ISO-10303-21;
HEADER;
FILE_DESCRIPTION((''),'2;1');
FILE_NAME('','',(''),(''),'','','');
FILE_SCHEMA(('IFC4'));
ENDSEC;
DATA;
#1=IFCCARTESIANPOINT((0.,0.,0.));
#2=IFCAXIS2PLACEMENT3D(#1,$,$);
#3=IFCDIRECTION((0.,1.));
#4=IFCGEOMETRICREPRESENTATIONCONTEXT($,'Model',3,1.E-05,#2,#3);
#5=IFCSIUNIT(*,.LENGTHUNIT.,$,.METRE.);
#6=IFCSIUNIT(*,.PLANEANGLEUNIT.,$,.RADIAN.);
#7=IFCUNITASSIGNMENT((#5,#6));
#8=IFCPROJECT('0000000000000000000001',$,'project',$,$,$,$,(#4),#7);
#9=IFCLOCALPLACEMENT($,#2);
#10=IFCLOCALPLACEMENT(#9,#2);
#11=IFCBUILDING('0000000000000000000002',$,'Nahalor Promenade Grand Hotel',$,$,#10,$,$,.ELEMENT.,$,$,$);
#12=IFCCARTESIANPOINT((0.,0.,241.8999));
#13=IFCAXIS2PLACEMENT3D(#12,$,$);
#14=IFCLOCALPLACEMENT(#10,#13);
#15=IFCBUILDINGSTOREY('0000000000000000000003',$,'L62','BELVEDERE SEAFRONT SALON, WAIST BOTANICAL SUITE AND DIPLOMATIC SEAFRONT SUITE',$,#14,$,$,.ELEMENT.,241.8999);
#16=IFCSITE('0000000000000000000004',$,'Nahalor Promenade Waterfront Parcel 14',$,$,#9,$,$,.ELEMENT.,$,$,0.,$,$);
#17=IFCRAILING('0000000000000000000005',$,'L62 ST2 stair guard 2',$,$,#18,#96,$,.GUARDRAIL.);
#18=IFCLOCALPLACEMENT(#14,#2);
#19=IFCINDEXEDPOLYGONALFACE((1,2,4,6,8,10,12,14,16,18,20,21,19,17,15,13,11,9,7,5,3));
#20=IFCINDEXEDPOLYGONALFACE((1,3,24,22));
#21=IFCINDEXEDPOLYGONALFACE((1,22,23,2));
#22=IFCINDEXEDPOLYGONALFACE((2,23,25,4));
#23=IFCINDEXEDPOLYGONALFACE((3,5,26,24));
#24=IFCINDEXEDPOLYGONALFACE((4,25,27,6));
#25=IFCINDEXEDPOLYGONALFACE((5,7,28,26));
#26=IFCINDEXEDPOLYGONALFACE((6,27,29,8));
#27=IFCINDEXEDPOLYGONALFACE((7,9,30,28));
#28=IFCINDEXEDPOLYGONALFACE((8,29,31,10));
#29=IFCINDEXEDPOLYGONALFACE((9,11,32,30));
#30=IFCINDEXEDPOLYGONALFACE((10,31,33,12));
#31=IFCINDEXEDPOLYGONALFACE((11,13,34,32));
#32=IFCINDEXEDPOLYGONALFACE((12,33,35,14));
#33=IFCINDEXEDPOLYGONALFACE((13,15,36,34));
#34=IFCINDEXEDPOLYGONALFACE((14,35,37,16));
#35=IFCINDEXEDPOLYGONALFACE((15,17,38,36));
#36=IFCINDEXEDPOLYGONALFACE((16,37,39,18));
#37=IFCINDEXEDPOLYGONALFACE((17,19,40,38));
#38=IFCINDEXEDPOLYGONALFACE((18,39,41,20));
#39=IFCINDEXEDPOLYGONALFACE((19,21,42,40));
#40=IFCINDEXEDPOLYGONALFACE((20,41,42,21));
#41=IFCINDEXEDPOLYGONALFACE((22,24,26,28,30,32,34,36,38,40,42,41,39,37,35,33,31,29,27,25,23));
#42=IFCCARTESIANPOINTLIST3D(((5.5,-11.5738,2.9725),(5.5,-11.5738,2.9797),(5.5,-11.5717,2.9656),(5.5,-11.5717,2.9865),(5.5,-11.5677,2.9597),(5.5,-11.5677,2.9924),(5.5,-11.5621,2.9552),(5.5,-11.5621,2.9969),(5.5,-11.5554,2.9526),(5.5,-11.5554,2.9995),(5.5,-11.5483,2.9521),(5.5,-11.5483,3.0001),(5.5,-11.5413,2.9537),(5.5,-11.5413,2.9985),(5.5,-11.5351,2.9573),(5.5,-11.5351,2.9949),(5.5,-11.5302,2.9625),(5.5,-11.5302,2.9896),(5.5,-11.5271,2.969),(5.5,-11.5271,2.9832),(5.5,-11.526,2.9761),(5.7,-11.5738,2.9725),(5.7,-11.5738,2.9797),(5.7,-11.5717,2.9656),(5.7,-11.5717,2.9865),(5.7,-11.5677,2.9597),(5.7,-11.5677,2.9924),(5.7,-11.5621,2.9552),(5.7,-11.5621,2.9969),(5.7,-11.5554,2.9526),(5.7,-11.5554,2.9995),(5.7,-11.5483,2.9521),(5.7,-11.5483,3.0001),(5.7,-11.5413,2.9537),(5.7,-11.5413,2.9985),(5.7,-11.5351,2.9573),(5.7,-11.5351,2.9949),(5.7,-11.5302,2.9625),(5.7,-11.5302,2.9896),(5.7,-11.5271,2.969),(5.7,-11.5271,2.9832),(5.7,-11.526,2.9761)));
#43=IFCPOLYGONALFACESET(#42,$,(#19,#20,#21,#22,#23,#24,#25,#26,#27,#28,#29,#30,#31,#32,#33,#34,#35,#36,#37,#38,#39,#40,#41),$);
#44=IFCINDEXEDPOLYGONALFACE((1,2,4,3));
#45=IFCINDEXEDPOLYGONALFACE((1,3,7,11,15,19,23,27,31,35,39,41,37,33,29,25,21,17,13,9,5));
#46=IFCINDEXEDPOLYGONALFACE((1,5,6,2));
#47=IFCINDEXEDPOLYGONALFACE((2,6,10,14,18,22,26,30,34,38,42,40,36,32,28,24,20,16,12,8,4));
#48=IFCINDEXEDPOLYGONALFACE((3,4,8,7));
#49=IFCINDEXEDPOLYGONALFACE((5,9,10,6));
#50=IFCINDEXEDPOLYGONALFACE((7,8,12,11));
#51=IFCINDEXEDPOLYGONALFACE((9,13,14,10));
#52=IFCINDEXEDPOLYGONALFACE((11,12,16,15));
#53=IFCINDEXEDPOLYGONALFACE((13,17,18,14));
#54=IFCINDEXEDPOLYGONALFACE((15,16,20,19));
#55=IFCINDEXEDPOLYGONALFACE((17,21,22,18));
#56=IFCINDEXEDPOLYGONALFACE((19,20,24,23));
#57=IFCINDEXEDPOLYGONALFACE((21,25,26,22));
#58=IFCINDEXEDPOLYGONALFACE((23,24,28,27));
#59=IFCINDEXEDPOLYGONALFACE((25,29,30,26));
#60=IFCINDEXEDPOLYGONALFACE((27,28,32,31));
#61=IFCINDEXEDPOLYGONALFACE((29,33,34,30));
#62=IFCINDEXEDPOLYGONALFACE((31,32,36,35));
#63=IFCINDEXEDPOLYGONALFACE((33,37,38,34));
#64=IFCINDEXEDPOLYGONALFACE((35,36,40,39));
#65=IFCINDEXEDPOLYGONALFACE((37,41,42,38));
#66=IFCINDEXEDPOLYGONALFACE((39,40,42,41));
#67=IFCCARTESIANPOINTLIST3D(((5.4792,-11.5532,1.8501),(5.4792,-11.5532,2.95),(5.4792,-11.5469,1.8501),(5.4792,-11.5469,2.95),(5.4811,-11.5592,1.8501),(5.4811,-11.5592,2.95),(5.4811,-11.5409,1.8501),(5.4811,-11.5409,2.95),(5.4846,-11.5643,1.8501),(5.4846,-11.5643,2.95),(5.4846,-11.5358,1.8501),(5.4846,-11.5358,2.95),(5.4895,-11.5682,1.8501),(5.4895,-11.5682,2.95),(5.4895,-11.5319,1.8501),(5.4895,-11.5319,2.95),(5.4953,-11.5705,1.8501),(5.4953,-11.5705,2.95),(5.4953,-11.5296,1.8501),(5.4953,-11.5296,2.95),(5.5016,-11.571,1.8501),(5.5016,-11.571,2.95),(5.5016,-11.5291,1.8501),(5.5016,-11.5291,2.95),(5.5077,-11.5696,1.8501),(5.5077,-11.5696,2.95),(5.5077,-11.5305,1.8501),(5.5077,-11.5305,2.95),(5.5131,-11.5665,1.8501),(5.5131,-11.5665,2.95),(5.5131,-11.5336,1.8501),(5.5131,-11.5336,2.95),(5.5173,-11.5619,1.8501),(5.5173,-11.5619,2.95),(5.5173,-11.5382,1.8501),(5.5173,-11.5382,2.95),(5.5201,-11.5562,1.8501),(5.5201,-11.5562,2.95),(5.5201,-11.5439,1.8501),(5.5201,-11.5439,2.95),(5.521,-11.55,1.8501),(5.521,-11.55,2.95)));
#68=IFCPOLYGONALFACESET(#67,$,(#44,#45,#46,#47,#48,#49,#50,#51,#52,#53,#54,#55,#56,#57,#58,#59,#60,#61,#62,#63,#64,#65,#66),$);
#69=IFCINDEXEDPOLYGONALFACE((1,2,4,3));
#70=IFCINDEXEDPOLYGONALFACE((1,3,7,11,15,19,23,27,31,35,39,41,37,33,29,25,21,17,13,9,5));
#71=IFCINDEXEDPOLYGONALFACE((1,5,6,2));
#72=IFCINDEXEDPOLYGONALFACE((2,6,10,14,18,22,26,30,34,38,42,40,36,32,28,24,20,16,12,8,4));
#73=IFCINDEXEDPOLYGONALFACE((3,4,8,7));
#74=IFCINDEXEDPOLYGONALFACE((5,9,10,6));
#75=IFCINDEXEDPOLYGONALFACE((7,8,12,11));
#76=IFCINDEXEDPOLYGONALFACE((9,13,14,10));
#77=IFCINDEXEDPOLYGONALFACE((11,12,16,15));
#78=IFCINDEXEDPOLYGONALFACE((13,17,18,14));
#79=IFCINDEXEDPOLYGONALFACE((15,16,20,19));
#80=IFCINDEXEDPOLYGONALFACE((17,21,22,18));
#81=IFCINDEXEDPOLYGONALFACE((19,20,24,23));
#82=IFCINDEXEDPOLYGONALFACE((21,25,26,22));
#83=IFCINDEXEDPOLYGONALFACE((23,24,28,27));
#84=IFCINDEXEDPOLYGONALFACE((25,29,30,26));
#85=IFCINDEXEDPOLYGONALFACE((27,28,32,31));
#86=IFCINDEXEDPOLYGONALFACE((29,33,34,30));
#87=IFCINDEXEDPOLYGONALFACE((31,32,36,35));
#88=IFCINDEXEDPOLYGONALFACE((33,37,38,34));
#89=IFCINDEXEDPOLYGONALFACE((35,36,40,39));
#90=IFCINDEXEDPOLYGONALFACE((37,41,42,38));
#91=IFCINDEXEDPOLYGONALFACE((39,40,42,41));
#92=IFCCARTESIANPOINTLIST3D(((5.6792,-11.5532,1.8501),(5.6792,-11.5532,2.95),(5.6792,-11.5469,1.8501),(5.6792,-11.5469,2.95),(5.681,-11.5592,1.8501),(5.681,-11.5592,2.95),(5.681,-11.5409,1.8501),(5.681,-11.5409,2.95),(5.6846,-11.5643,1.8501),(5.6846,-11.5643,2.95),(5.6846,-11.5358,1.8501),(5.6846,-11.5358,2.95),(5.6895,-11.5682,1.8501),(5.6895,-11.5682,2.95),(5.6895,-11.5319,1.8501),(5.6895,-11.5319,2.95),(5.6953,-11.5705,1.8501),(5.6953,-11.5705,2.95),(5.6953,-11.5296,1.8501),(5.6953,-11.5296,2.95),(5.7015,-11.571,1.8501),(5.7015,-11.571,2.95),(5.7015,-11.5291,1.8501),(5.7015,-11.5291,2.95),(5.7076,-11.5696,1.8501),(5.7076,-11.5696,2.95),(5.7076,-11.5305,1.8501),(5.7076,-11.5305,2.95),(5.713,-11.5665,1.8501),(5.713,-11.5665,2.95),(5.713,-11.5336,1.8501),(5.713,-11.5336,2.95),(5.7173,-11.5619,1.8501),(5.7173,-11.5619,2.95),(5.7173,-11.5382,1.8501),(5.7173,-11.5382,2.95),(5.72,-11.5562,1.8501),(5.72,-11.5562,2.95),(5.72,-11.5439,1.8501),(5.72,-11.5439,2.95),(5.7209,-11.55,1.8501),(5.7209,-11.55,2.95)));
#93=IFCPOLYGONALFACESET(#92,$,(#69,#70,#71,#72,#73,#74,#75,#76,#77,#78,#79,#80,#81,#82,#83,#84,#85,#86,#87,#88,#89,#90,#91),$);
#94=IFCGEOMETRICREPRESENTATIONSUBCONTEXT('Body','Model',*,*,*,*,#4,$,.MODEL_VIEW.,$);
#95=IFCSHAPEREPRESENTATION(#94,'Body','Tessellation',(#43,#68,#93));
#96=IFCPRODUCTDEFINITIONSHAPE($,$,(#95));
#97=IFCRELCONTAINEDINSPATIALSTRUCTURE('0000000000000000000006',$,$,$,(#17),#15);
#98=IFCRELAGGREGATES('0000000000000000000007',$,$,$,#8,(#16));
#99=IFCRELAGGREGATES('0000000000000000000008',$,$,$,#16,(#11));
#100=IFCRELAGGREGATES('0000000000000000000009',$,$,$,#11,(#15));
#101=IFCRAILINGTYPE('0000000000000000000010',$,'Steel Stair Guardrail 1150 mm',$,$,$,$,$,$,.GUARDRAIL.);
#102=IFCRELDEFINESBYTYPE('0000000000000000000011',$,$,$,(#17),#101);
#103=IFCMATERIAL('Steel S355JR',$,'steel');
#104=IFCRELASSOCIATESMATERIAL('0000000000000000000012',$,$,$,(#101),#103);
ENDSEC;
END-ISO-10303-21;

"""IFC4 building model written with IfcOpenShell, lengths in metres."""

from ifc_helpers import new_model, si_unit, direction, frame, origin, origin_2d, place, context, subcontext, project, spatial, circle, extrude, material, type_object, element, save


model = new_model("IFC4")

# Units and contexts
model_context = context("Model", 3, precision=1e-05, world=origin(), true_north=direction((0.0, 1.0)))
body_context = subcontext(model_context, "Body", "Model", "MODEL_VIEW")
ifc_project = project(units=[si_unit("LENGTHUNIT", "METRE"), si_unit("PLANEANGLEUNIT", "RADIAN")], contexts=[model_context])

# Site, building, storey
site_placement = place(None, origin())
site = spatial("IfcSite", under=ifc_project, at=site_placement, Name="Nahalor Promenade Waterfront Parcel 14", CompositionType="ELEMENT", RefElevation=0.0)
building_placement = place(site_placement, origin())
building = spatial("IfcBuilding", under=site, at=building_placement, Name="Nahalor Promenade Grand Hotel", CompositionType="ELEMENT")
storey_placement = place(building_placement, frame((0.0, 0.0, 241.8999)))
storey = spatial("IfcBuildingStorey", under=building, at=storey_placement, Name="L62", Description="BELVEDERE SEAFRONT SALON, WAIST BOTANICAL SUITE AND DIPLOMATIC SEAFRONT SUITE", CompositionType="ELEMENT", Elevation=241.8999)

# Shared definitions
ifc_material_1 = material(Name="Steel S355JR", Category="steel")

# Railing
railing_type_1 = type_object("IfcRailingType", Name="Steel Stair Guardrail 1150 mm", PredefinedType="GUARDRAIL", material=ifc_material_1)
railing_1_placement = place(storey_placement, frame((5.5, -11.55, 1.8501)))
element("IfcRailing", 1, at=railing_1_placement, inside=storey, type_object=railing_type_1, Name="L62 ST2 stair guard 2", PredefinedType="GUARDRAIL", context=body_context, shape_type="SweptSolid", body=[
    extrude(circle(Radius=0.024, at=origin_2d()), frame((0.0, 0.0, 1.126), z_axis=(1.0, 0.0, 0.0), x_axis=(0.0, 1.0, 0.0)), (0.0, 0.0, 1.0), 0.2),
    extrude(circle(Radius=0.021, at=origin_2d()), origin(), (0.0, 0.0, 1.0), 1.0999),
    extrude(circle(Radius=0.021, at=origin_2d()), frame((0.2, 0.0, 0.0)), (0.0, 0.0, 1.0), 1.0999),
])

save(model, "model.ifc")
